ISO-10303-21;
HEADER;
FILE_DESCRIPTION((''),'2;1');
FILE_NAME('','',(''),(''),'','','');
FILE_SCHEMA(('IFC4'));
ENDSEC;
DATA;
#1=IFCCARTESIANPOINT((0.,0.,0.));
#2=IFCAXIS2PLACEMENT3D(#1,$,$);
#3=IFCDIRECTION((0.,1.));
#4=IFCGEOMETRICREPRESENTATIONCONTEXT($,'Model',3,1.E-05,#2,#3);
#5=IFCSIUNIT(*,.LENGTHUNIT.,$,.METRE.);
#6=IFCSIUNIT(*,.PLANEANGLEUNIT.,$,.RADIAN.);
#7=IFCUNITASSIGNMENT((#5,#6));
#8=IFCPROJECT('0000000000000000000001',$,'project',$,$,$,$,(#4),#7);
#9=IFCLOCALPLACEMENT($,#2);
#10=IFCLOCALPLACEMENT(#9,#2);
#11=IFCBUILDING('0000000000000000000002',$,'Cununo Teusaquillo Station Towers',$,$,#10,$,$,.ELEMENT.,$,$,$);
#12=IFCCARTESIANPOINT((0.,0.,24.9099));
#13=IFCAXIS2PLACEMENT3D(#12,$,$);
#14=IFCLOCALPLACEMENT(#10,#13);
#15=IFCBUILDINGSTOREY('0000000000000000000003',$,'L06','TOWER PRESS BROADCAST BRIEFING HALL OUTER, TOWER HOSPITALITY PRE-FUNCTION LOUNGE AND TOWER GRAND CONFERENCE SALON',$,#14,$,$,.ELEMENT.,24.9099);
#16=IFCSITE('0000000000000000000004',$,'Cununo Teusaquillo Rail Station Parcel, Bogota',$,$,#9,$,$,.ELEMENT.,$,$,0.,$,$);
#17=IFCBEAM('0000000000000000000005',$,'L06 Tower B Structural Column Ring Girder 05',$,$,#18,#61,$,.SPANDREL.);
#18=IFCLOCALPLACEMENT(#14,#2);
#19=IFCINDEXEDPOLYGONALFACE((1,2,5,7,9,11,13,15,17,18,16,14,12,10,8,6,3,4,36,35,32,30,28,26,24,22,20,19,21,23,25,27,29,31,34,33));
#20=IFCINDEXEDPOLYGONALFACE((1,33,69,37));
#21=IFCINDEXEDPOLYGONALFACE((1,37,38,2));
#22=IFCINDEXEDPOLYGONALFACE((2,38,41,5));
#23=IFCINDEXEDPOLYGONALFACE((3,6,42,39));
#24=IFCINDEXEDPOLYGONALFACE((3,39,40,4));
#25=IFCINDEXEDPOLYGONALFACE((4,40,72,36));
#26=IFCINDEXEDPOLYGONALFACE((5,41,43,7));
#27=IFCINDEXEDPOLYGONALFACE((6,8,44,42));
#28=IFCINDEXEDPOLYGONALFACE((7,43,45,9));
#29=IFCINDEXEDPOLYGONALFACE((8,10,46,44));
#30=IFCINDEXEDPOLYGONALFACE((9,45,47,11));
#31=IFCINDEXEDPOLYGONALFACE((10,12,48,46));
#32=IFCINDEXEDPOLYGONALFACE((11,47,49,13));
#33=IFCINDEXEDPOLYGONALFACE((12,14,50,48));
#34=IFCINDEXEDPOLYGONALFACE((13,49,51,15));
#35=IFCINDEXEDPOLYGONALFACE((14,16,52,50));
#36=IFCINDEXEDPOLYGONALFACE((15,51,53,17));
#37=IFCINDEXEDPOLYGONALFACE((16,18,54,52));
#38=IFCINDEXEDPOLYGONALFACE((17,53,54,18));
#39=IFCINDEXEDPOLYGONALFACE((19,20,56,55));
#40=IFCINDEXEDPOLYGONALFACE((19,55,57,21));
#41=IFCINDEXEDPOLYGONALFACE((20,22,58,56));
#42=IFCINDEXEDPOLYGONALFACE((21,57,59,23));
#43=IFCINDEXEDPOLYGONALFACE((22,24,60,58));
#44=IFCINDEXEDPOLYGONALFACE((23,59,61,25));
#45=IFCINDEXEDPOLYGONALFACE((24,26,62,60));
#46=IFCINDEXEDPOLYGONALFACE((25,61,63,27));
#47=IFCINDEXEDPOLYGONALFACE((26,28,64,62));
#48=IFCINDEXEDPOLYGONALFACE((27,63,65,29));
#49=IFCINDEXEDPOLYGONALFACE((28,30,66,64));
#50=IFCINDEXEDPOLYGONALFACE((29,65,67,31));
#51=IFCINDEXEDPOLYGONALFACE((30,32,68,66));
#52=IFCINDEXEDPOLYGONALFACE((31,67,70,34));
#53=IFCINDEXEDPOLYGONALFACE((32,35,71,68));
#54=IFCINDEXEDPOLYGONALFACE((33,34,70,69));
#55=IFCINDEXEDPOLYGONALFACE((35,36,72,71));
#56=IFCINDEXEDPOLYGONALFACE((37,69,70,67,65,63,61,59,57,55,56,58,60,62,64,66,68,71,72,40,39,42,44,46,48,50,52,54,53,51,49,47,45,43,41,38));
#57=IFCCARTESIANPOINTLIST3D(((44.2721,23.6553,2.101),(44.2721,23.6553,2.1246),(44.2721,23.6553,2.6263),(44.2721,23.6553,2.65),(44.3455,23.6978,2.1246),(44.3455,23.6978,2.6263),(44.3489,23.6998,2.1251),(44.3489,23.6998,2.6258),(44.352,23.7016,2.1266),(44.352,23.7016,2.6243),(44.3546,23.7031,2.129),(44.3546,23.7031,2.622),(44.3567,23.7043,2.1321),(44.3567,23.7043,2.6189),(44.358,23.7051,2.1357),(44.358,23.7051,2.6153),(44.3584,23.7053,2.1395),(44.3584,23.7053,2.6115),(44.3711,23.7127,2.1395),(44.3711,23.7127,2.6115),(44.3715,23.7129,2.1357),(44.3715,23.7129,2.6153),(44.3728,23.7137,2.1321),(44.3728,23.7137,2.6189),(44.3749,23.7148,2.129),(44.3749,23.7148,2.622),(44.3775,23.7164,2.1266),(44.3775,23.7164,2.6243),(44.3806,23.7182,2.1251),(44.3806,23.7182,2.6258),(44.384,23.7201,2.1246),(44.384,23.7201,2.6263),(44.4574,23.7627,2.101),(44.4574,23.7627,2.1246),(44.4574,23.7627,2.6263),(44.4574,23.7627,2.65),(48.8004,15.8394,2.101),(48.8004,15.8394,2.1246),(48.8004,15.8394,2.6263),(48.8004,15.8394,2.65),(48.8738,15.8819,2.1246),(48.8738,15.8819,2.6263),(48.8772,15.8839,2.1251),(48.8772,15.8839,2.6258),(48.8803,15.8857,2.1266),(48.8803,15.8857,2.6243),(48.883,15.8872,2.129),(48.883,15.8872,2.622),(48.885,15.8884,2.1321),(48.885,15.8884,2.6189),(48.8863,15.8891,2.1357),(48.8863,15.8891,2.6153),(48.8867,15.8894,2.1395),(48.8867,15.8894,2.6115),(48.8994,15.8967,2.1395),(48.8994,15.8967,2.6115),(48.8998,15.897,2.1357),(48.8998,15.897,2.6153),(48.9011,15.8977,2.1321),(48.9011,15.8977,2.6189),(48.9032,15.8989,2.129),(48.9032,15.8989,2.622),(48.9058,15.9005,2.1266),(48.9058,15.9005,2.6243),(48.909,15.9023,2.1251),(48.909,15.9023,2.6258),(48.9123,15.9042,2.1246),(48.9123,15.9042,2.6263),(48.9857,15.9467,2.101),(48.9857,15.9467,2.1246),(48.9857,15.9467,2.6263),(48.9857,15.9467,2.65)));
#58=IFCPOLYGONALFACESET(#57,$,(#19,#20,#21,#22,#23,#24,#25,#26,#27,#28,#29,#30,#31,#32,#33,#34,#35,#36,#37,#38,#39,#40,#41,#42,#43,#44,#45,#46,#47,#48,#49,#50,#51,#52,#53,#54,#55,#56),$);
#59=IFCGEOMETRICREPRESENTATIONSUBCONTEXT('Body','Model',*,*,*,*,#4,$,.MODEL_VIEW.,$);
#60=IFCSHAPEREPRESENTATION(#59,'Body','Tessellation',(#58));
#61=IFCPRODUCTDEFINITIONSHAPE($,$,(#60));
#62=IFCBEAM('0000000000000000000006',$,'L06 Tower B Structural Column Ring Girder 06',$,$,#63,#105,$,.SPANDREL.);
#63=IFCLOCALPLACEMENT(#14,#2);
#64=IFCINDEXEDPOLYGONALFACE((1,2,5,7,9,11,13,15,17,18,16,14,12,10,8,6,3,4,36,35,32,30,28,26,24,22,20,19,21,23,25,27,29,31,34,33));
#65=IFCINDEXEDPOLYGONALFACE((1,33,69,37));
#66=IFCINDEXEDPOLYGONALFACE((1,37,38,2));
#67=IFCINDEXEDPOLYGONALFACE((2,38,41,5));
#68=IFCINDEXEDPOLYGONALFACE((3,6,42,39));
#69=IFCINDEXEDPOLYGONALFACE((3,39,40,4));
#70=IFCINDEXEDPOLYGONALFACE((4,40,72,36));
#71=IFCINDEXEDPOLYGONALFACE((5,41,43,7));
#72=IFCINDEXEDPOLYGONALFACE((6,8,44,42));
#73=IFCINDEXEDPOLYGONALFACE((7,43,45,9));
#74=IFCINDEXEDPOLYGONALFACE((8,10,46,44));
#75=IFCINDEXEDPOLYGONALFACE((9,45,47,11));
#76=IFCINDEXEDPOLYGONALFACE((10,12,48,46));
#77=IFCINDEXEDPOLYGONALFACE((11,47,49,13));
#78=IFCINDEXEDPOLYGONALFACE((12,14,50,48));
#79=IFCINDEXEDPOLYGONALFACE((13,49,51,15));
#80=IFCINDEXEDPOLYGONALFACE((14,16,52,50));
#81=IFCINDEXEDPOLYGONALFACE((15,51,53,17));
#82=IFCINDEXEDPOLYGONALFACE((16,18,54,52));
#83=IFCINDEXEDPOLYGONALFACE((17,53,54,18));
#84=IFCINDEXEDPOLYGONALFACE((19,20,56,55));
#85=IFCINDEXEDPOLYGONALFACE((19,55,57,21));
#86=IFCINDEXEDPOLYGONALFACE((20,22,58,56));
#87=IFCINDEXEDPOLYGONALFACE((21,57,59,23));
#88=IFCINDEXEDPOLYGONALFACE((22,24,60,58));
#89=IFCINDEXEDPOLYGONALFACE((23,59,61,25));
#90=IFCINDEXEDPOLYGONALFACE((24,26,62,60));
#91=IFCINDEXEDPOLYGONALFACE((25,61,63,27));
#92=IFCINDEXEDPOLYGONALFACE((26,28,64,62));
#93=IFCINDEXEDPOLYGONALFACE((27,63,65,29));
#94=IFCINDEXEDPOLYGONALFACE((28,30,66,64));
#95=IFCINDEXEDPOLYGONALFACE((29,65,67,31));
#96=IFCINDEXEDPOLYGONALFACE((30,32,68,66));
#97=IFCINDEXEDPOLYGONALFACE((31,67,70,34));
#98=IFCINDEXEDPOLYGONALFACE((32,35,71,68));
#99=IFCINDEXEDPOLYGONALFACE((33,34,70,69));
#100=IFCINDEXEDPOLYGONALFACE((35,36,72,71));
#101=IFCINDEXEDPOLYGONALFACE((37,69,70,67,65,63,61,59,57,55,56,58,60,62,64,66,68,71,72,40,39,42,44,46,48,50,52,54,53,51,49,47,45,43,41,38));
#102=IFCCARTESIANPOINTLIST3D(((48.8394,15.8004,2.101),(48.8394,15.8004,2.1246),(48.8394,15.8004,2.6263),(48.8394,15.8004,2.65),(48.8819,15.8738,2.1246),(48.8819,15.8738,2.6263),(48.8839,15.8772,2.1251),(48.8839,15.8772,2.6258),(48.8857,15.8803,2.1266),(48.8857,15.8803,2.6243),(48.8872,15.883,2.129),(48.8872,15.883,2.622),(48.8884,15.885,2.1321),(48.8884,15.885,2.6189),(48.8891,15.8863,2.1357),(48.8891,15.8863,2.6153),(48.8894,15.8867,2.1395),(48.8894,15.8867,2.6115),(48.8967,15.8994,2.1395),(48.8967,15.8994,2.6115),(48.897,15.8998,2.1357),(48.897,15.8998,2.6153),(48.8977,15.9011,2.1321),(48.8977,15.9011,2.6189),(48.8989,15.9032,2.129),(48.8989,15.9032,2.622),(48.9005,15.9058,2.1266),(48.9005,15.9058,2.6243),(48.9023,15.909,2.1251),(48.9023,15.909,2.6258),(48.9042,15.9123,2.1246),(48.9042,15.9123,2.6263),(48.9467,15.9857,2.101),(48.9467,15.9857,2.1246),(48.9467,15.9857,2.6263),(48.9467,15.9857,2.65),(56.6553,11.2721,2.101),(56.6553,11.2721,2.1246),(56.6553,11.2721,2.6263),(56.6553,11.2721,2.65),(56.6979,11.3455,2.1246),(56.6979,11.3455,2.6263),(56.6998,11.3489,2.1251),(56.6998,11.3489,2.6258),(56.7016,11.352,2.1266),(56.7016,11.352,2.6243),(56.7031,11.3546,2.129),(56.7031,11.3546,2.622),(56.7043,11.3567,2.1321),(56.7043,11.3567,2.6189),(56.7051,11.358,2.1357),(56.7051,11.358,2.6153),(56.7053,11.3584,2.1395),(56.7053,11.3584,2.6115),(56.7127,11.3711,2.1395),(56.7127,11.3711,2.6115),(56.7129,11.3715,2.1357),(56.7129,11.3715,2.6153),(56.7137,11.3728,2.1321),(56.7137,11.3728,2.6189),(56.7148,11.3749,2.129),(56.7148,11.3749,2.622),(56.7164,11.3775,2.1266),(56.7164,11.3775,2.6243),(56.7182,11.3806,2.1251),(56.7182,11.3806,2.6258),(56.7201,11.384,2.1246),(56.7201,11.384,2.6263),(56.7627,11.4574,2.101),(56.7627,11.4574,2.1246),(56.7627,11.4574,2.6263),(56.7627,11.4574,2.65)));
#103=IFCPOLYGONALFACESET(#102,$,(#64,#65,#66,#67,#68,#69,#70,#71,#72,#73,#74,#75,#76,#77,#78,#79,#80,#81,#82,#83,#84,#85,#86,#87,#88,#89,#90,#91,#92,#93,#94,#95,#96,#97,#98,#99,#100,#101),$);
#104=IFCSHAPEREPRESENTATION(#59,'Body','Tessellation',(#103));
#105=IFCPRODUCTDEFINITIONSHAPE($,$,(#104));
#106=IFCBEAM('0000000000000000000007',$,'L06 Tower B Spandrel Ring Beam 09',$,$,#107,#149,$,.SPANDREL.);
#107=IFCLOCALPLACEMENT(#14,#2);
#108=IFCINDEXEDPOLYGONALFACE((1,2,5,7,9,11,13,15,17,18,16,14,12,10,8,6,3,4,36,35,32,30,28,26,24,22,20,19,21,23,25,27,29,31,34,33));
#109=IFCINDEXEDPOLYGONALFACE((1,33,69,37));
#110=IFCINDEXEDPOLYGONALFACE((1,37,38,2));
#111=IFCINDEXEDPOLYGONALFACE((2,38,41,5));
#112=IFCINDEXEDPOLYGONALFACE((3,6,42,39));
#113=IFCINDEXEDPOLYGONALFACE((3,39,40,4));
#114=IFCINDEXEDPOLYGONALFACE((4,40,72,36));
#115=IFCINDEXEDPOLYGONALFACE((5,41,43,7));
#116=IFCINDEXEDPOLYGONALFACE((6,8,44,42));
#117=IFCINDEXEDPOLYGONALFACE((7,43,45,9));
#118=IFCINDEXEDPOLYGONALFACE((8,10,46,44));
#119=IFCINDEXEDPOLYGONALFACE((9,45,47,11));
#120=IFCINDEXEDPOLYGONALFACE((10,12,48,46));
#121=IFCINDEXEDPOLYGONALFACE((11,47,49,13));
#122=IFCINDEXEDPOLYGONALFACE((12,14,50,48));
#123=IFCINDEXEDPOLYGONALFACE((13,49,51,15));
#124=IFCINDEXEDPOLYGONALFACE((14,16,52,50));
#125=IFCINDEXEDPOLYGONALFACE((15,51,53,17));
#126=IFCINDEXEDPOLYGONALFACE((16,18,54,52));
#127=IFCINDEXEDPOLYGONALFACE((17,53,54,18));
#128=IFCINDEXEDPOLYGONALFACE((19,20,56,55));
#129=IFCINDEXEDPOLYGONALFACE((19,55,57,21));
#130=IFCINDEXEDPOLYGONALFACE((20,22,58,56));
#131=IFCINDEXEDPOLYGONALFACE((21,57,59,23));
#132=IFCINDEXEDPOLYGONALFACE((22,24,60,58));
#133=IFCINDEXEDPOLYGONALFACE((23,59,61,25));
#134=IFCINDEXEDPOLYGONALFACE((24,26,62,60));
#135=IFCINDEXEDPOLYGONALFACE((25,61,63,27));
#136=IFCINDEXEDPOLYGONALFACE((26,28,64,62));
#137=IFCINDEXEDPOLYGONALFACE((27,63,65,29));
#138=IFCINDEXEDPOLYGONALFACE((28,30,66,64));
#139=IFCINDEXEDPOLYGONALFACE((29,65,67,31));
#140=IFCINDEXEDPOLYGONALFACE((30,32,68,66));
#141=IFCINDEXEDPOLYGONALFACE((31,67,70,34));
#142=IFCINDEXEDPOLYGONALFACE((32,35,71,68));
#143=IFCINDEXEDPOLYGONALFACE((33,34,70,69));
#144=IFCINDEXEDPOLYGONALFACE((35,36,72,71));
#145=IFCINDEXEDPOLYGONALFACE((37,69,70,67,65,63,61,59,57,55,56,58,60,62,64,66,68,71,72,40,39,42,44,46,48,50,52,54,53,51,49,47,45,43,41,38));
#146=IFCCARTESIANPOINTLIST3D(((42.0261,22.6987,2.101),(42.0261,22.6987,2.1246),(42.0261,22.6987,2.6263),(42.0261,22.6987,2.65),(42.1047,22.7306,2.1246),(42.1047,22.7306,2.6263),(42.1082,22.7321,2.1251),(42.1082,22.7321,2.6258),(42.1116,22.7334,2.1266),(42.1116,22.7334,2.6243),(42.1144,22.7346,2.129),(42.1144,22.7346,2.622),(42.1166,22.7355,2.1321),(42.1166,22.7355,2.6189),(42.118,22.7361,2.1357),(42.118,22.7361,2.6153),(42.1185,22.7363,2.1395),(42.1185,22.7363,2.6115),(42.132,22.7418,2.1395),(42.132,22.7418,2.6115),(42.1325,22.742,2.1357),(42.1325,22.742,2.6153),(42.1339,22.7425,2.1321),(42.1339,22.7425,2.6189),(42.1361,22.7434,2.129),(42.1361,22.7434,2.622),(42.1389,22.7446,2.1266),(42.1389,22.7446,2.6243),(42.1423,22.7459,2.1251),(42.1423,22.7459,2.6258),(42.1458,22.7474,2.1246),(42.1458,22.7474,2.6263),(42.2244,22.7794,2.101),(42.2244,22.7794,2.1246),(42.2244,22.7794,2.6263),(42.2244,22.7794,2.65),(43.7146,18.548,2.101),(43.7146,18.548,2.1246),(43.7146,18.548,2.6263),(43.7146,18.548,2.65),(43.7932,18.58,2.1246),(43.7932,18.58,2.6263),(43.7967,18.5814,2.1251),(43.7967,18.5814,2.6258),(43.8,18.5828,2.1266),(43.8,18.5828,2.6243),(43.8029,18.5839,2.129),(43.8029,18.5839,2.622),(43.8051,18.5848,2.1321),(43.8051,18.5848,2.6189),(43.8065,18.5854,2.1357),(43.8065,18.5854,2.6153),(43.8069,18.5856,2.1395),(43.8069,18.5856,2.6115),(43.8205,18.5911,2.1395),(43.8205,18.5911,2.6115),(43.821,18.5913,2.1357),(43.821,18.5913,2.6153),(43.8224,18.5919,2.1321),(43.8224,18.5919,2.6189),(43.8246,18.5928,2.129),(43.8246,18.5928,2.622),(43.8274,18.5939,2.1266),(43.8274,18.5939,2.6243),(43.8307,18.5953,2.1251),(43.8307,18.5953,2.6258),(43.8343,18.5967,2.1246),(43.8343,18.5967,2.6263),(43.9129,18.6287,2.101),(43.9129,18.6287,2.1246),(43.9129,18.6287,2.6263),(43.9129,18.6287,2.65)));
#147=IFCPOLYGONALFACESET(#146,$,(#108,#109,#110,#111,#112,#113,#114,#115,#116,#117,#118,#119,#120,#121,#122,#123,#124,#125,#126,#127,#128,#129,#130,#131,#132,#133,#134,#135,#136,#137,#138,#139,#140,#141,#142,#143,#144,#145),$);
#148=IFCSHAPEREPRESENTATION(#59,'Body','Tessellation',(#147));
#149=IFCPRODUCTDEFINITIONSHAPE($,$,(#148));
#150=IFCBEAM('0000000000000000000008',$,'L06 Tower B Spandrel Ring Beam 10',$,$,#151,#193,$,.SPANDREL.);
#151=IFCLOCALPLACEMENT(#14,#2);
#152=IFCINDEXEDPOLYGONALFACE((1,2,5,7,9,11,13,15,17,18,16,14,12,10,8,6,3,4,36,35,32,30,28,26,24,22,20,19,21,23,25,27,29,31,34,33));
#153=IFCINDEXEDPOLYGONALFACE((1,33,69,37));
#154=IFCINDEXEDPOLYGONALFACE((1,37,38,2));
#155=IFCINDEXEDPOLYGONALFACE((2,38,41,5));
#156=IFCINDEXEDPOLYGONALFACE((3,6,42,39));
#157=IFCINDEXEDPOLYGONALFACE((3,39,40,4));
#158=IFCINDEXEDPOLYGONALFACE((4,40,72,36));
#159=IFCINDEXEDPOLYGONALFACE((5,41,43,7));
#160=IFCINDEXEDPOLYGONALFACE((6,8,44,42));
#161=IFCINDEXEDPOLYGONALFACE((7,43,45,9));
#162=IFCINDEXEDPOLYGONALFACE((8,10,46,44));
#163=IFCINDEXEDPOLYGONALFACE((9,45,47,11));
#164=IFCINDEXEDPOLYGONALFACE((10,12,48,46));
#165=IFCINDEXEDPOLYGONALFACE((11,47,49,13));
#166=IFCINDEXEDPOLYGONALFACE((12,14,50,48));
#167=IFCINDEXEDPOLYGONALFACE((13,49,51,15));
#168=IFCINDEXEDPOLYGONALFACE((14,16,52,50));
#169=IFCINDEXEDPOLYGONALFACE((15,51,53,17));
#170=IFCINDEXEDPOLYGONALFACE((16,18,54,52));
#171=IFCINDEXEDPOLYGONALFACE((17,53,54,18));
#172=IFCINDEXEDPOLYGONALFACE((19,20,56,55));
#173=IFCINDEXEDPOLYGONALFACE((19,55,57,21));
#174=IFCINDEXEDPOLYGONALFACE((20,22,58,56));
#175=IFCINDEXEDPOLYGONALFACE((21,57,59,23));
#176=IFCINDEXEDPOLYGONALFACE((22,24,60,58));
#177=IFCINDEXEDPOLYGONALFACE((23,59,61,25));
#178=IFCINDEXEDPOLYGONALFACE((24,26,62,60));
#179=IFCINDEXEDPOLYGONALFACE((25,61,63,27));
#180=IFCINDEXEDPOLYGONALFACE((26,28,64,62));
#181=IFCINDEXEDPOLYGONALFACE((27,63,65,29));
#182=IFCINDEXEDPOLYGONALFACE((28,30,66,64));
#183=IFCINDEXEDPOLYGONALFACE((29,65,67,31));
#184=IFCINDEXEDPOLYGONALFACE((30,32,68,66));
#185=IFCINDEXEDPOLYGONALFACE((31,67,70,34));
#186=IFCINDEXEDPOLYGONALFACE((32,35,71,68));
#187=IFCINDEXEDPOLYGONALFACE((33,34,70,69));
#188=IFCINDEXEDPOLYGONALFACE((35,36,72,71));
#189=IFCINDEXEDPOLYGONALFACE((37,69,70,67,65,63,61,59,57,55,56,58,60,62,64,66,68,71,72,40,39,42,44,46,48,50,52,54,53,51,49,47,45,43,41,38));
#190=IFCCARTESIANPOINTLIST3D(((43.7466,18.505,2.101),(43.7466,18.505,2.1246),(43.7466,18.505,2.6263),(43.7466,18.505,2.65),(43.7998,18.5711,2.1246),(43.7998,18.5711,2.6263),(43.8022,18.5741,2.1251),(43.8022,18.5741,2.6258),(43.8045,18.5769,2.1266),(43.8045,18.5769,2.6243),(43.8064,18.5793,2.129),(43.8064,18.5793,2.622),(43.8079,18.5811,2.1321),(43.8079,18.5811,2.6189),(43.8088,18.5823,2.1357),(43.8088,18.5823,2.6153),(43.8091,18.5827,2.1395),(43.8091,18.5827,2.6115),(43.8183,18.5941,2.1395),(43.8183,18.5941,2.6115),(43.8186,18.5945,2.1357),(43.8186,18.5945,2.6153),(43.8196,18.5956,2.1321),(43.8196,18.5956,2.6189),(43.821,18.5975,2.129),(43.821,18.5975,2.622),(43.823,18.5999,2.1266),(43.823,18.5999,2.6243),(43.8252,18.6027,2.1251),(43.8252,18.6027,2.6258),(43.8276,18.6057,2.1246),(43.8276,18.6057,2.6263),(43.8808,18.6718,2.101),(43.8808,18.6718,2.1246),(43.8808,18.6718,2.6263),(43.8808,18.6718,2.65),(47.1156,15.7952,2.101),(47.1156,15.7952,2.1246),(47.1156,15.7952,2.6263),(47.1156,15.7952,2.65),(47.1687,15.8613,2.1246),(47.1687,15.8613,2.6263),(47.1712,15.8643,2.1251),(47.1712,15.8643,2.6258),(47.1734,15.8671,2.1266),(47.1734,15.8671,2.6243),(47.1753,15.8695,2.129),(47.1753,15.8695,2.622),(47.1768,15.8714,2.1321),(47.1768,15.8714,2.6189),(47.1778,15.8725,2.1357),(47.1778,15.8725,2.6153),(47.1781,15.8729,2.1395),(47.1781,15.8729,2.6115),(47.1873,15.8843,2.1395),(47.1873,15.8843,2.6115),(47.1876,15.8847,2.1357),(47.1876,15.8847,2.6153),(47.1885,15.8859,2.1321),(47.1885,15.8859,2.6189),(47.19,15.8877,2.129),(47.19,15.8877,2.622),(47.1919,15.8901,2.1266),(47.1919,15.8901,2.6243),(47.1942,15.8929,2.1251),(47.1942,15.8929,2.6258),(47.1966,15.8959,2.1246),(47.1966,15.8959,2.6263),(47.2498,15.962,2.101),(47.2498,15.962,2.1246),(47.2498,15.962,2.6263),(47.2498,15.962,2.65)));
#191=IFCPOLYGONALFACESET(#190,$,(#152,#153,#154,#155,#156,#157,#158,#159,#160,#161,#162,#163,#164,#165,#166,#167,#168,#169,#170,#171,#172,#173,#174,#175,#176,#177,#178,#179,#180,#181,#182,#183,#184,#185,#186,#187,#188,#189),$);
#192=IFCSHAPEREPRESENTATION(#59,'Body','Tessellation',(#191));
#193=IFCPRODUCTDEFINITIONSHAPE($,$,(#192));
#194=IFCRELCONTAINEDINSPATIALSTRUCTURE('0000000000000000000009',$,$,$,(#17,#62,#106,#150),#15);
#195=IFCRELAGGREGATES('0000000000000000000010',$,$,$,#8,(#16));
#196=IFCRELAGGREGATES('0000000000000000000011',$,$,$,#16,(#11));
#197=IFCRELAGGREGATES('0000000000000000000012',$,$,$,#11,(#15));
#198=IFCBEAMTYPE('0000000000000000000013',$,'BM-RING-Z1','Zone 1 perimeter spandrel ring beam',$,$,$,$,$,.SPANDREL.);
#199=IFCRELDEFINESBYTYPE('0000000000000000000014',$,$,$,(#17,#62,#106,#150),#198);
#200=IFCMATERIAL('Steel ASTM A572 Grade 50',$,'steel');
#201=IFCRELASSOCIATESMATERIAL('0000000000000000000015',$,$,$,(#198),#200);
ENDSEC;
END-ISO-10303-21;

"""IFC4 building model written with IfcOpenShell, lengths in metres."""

from ifc_helpers import new_model, si_unit, direction, frame, origin, origin_2d, place, context, subcontext, project, spatial, i_section, extrude, material, material_profile, profile_set, type_object, element, save


model = new_model("IFC4")

# Units and contexts
model_context = context("Model", 3, precision=1e-05, world=origin(), true_north=direction((0.0, 1.0)))
body_context = subcontext(model_context, "Body", "Model", "MODEL_VIEW")
ifc_project = project(units=[si_unit("LENGTHUNIT", "METRE"), si_unit("PLANEANGLEUNIT", "RADIAN")], contexts=[model_context])

# Site, building, storey
site_placement = place(None, origin())
site = spatial("IfcSite", under=ifc_project, at=site_placement, Name="Cununo Teusaquillo Rail Station Parcel, Bogota", CompositionType="ELEMENT", RefElevation=0.0)
building_placement = place(site_placement, origin())
building = spatial("IfcBuilding", under=site, at=building_placement, Name="Cununo Teusaquillo Station Towers", CompositionType="ELEMENT")
storey_placement = place(building_placement, frame((0.0, 0.0, 24.9099)))
storey = spatial("IfcBuildingStorey", under=building, at=storey_placement, Name="L06", Description="TOWER PRESS BROADCAST BRIEFING HALL OUTER, TOWER HOSPITALITY PRE-FUNCTION LOUNGE AND TOWER GRAND CONFERENCE SALON", CompositionType="ELEMENT", Elevation=24.9099)

# Beams
ifc_material_1 = material(Name="Steel ASTM A572 Grade 50", Category="steel")
ifc_material_profile_1 = material_profile(ifc_material_1, i_section(OverallWidth=0.2141, OverallDepth=0.5491, WebThickness=0.0146, FlangeThickness=0.0237, FilletRadius=0.0149, at=origin_2d()), Name="W21X93")
ifc_profile_set_1 = profile_set([ifc_material_profile_1], Name="Steel ASTM A572 Grade 50")
beam_type_1 = type_object("IfcBeamType", Name="BM-RING-Z1", Description="Zone 1 perimeter spandrel ring beam", PredefinedType="SPANDREL", material=ifc_profile_set_1)
for number, where, z_axis, x_axis, name in (
    (1, (44.3647, 23.709, 2.3755), (0.501311, -0.865267, 0.0), (0.865267, 0.501311, 0.0), "L06 Tower B Structural Column Ring Girder 05"),
    (2, (48.8931, 15.8931, 2.3755), (0.865267, -0.501311, 0.0), (0.501311, 0.865267, 0.0), "L06 Tower B Structural Column Ring Girder 06"),
):
    element("IfcBeam", number, at=place(storey_placement, frame(where, z_axis=z_axis, x_axis=x_axis)), inside=storey, type_object=beam_type_1, Name=name, PredefinedType="SPANDREL", context=body_context, shape_type="SweptSolid", body=[
        extrude(i_section(OverallWidth=0.2141, OverallDepth=0.5491, WebThickness=0.0146, FlangeThickness=0.0237, FilletRadius=0.0149, at=origin_2d()), origin(), (0.0, 0.0, 1.0), 9.033),
    ])
beam_1_placement = place(storey_placement, frame((42.1252, 22.739, 2.3755), z_axis=(0.376814, -0.926289, 0.0), x_axis=(0.926289, 0.376814, 0.0)))
element("IfcBeam", 3, at=beam_1_placement, inside=storey, type_object=beam_type_1, Name="L06 Tower B Spandrel Ring Beam 09", PredefinedType="SPANDREL", context=body_context, shape_type="SweptSolid", body=[
    extrude(i_section(OverallWidth=0.2141, OverallDepth=0.5491, WebThickness=0.0146, FlangeThickness=0.0237, FilletRadius=0.0149, at=origin_2d()), origin(), (0.0, 0.0, 1.0), 4.481),
])
beam_2_placement = place(storey_placement, frame((43.8137, 18.5884, 2.3755), z_axis=(0.779219, -0.626752, 0.0), x_axis=(0.626752, 0.779219, 0.0)))
element("IfcBeam", 4, at=beam_2_placement, inside=storey, type_object=beam_type_1, Name="L06 Tower B Spandrel Ring Beam 10", PredefinedType="SPANDREL", context=body_context, shape_type="SweptSolid", body=[
    extrude(i_section(OverallWidth=0.2141, OverallDepth=0.5491, WebThickness=0.0146, FlangeThickness=0.0237, FilletRadius=0.0149, at=origin_2d()), origin(), (0.0, 0.0, 1.0), 4.3235),
])

save(model, "model.ifc")
